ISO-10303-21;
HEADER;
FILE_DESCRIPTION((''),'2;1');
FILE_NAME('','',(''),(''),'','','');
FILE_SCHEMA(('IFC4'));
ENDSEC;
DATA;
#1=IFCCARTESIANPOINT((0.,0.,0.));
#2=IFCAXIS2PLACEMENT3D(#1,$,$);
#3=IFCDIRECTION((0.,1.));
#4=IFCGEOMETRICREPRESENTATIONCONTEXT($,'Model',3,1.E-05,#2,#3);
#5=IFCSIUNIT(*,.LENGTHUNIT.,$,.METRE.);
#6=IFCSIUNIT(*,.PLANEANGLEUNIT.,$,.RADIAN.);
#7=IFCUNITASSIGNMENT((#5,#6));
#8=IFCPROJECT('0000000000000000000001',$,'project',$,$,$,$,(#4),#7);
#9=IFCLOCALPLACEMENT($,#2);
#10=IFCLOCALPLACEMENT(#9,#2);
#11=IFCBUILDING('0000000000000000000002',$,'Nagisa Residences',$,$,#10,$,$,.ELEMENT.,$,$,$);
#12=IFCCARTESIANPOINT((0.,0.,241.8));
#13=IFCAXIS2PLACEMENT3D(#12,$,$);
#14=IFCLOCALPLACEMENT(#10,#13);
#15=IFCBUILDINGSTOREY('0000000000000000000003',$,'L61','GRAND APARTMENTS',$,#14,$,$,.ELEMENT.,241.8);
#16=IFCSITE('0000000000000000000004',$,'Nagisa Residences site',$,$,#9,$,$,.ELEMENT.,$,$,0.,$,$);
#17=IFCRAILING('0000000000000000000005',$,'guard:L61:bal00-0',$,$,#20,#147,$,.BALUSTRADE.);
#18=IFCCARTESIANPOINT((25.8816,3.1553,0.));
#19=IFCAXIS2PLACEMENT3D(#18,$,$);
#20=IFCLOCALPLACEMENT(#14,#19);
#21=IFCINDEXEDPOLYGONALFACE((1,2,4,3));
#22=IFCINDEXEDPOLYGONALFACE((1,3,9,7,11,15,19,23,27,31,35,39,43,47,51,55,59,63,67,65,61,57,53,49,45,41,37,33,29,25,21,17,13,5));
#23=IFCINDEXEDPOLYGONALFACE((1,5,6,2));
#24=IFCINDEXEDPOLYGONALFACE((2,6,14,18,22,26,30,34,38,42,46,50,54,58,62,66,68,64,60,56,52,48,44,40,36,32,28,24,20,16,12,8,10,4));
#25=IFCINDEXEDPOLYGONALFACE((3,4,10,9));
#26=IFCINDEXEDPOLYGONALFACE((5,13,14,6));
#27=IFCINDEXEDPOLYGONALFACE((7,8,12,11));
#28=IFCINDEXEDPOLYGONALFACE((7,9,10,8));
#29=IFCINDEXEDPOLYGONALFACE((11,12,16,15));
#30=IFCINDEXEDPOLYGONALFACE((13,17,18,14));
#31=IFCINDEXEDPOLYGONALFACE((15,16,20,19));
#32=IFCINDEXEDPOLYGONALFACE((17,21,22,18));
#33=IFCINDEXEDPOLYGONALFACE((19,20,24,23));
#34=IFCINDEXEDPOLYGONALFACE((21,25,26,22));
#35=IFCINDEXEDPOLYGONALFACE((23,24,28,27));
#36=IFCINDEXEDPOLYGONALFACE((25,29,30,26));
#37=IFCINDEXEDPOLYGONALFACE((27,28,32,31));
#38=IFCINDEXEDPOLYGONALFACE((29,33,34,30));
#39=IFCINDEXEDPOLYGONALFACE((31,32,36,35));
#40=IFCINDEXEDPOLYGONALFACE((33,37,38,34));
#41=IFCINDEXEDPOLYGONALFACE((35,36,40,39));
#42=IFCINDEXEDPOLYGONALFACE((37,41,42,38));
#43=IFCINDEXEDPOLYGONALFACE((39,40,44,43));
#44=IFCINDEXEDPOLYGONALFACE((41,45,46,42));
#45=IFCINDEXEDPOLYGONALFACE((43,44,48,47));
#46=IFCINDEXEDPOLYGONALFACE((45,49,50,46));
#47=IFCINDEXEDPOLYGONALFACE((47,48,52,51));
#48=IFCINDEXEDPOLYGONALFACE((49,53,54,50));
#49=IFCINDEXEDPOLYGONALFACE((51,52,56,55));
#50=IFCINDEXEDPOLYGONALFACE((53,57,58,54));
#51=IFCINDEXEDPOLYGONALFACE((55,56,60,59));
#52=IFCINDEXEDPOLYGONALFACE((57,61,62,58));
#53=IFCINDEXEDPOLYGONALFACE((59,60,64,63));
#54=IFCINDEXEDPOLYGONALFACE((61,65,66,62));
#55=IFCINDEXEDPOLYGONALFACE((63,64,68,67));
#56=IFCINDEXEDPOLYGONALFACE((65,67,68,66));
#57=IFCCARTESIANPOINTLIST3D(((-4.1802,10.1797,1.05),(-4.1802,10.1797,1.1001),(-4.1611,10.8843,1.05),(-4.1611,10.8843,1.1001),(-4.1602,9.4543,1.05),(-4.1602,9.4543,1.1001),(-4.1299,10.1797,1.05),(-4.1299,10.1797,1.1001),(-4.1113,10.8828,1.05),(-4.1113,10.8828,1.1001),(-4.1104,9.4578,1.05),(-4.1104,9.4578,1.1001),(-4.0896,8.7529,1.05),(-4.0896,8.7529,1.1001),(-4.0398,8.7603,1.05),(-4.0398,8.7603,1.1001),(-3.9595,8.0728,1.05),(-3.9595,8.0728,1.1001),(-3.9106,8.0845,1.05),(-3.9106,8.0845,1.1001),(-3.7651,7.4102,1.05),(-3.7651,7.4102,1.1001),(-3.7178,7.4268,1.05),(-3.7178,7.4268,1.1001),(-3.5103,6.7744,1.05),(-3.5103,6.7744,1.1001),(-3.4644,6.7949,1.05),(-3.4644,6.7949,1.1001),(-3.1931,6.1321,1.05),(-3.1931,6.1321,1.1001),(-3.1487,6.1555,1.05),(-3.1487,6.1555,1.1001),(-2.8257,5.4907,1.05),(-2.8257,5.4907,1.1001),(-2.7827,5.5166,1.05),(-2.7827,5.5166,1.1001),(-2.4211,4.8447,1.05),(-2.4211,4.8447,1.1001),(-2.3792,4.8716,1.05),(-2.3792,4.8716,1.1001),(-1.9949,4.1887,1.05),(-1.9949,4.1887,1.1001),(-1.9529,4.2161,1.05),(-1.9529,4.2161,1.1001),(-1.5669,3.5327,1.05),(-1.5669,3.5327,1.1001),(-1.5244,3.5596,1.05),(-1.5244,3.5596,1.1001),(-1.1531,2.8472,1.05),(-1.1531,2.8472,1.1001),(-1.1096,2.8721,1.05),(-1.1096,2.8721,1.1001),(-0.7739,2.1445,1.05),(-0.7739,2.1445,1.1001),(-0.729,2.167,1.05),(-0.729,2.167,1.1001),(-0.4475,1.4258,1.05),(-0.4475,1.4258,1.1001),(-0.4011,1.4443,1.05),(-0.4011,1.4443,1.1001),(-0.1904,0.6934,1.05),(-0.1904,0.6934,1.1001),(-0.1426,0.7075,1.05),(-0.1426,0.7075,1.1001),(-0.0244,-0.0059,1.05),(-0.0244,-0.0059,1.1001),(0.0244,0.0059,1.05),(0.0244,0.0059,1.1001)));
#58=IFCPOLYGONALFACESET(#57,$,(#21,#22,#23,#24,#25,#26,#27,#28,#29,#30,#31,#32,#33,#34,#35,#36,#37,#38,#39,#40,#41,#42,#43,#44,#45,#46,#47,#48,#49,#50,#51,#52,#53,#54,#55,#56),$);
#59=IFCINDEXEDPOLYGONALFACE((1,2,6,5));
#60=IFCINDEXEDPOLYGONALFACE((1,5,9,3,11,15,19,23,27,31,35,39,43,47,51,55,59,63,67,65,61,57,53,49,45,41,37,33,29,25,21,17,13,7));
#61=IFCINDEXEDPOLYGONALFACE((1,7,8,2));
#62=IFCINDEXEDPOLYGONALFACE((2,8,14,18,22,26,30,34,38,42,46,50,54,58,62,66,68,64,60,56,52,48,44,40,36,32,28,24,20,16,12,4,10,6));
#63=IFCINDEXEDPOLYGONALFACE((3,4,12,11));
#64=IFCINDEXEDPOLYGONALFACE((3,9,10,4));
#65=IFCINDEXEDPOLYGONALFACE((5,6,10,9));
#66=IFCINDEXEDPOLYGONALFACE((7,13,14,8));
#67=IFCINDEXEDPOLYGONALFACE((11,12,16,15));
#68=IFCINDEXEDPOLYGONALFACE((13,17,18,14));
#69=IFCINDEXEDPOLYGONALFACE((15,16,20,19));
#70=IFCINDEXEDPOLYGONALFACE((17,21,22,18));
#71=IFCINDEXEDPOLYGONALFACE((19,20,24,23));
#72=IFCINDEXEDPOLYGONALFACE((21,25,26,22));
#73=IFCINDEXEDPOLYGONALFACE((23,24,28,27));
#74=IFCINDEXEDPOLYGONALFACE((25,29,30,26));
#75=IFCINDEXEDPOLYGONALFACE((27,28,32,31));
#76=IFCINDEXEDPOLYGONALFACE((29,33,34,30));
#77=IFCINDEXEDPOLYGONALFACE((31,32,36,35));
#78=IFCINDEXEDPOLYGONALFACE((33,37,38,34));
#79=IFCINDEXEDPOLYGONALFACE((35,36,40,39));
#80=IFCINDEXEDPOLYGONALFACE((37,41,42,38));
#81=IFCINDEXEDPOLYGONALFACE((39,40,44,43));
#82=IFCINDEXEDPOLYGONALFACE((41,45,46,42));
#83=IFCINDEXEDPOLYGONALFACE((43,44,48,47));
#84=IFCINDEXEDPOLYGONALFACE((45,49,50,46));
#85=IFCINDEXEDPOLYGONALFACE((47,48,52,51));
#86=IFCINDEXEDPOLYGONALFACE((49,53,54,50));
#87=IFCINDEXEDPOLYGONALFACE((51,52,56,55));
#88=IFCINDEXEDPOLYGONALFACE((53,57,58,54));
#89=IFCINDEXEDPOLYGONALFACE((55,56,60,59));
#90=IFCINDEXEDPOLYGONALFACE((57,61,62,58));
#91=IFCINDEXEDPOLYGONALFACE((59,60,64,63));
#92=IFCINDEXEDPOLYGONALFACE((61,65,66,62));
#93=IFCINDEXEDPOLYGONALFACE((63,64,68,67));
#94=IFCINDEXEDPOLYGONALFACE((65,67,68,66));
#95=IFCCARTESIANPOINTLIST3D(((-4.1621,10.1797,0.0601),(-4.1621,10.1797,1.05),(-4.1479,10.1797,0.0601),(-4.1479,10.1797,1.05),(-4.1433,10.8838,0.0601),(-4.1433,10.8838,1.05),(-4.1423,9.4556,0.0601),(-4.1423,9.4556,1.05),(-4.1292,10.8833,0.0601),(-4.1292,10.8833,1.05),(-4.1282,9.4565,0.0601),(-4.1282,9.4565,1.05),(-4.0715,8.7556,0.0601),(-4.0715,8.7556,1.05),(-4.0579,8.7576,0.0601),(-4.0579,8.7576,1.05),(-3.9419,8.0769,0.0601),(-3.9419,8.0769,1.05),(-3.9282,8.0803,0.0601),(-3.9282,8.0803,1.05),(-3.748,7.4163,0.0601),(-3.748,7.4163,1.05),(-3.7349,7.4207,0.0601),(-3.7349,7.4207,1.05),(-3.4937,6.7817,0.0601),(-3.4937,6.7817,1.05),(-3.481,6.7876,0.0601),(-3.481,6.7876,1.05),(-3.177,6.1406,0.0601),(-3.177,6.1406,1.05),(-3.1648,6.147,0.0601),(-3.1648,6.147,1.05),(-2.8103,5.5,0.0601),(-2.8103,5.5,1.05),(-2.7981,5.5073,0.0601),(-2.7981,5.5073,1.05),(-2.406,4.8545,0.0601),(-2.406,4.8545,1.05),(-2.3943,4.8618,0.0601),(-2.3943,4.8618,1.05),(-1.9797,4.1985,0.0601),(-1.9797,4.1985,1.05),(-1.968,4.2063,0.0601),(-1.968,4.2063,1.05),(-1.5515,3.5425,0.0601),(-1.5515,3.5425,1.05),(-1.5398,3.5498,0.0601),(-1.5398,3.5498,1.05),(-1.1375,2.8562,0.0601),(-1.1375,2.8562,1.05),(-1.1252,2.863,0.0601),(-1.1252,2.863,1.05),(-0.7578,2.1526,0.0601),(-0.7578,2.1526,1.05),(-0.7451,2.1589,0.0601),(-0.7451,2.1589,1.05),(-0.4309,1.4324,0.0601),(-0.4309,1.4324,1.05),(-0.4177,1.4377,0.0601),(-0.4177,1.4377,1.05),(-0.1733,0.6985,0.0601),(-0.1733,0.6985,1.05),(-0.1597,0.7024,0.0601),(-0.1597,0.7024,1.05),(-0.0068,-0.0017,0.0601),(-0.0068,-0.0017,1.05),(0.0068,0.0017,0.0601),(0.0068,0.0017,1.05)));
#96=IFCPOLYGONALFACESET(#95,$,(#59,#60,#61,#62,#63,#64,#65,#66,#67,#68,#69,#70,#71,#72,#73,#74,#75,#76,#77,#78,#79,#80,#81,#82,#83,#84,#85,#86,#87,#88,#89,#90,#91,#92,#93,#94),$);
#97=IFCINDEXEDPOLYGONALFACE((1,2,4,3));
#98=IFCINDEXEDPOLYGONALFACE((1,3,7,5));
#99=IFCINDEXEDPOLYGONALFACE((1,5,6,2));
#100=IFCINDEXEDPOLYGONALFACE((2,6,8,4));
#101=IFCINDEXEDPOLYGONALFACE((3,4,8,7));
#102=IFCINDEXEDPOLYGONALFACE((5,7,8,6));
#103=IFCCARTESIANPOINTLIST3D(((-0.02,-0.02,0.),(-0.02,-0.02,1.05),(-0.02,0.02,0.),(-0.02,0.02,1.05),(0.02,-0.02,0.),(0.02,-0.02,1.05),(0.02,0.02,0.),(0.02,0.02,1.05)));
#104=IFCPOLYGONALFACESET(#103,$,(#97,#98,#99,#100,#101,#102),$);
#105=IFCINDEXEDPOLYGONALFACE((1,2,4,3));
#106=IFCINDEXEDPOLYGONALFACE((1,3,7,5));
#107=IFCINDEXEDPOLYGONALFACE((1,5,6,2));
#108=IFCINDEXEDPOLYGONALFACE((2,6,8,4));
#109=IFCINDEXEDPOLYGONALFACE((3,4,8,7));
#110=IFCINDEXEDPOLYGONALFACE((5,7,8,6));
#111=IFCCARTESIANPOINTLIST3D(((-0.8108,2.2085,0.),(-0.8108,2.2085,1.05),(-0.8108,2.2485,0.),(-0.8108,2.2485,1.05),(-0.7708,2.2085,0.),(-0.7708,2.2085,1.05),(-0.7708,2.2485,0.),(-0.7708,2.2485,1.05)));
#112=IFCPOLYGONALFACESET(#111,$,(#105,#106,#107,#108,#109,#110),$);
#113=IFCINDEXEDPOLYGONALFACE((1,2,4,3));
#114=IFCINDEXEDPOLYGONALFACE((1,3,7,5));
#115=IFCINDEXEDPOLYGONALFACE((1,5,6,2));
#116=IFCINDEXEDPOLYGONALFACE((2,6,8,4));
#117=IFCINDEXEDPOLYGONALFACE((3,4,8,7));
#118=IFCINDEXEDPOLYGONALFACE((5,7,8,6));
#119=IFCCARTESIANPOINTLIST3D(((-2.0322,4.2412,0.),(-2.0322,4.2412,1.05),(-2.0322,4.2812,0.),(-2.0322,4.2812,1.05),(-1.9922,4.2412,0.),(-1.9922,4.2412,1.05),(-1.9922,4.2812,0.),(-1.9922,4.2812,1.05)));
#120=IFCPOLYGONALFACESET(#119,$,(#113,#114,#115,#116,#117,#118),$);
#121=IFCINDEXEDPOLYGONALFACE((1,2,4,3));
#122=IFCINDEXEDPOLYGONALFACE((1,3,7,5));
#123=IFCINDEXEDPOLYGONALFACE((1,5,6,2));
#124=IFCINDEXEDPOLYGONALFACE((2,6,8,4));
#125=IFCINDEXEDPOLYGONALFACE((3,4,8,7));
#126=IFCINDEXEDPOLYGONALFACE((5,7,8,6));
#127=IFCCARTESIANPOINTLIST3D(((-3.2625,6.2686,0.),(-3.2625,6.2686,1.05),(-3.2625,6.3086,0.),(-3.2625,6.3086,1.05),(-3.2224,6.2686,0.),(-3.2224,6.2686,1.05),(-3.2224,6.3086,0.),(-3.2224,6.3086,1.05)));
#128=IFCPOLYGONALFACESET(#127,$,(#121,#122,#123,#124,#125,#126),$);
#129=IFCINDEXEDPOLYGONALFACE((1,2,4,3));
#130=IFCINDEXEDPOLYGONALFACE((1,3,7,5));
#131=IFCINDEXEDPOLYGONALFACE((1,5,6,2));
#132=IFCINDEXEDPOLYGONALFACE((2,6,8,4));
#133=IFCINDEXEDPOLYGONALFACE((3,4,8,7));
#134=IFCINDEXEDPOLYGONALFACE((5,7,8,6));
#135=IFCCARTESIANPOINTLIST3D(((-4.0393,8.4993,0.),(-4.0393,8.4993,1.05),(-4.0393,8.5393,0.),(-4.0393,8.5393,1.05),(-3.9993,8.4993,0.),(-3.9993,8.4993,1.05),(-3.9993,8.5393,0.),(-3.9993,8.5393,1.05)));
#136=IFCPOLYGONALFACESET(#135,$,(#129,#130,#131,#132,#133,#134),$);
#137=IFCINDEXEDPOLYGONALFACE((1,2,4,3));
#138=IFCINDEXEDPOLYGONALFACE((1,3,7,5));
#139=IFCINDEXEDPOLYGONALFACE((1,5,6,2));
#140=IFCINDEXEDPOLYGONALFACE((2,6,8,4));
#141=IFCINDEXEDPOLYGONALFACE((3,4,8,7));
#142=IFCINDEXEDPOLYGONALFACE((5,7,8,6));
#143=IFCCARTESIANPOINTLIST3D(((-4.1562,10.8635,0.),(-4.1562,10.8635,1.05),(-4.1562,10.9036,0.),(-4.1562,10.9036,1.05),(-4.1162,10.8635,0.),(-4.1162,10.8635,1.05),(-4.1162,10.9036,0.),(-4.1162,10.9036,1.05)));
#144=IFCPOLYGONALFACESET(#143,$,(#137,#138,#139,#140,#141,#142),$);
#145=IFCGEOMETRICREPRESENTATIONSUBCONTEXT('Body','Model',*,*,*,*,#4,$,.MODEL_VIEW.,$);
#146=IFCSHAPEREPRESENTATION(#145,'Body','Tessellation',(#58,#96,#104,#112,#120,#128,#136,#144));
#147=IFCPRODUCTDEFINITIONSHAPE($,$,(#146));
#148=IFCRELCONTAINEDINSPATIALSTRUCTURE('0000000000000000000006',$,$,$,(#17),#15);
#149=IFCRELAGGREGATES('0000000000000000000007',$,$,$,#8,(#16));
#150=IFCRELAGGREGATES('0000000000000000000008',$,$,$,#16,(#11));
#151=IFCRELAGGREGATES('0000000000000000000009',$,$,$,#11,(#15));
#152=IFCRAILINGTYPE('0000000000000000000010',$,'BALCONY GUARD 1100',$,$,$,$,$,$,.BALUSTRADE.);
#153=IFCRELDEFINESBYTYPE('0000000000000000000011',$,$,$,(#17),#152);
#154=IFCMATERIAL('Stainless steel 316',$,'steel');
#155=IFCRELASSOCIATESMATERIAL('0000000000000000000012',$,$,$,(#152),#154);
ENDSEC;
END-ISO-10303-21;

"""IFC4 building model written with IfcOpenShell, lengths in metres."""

from ifc_helpers import new_model, si_unit, direction, frame, origin, origin_2d, place, context, subcontext, project, spatial, polyline, rectangle, outline, extrude, material, type_object, element, save


model = new_model("IFC4")

# Units and contexts
model_context = context("Model", 3, precision=1e-05, world=origin(), true_north=direction((0.0, 1.0)))
body_context = subcontext(model_context, "Body", "Model", "MODEL_VIEW")
ifc_project = project(units=[si_unit("LENGTHUNIT", "METRE"), si_unit("PLANEANGLEUNIT", "RADIAN")], contexts=[model_context])

# Site, building, storey
site_placement = place(None, origin())
site = spatial("IfcSite", under=ifc_project, at=site_placement, Name="Nagisa Residences site", CompositionType="ELEMENT", RefElevation=0.0)
building_placement = place(site_placement, origin())
building = spatial("IfcBuilding", under=site, at=building_placement, Name="Nagisa Residences", CompositionType="ELEMENT")
storey_placement = place(building_placement, frame((0.0, 0.0, 241.8)))
storey = spatial("IfcBuildingStorey", under=building, at=storey_placement, Name="L61", Description="GRAND APARTMENTS", CompositionType="ELEMENT", Elevation=241.8)

# Railing
ifc_material_1 = material(Name="Stainless steel 316", Category="steel")
railing_type = type_object("IfcRailingType", Name="BALCONY GUARD 1100", PredefinedType="BALUSTRADE", material=ifc_material_1)
railing_placement = place(storey_placement, frame((25.8816, 3.1553, 0.0)))
element("IfcRailing", 1, at=railing_placement, inside=storey, type_object=railing_type, Name="guard:L61:bal00-0", PredefinedType="BALUSTRADE", context=body_context, shape_type="SweptSolid", body=[
    extrude(outline(polyline([(-0.1904, 0.6934), (-0.0244, -0.0059), (0.0244, 0.0059), (-0.1426, 0.7075), (-0.4011, 1.4443), (-0.729, 2.167), (-1.1096, 2.8721), (-1.5244, 3.5596), (-1.9529, 4.2161), (-2.3792, 4.8716), (-2.7827, 5.5166), (-3.1487, 6.1555), (-3.4644, 6.7949), (-3.7178, 7.4268), (-3.9106, 8.0845), (-4.0398, 8.7603), (-4.1104, 9.4578), (-4.1299, 10.1797), (-4.1113, 10.8828), (-4.1611, 10.8843), (-4.1802, 10.1797), (-4.1602, 9.4543), (-4.0896, 8.7529), (-3.9595, 8.0728), (-3.7651, 7.4102), (-3.5103, 6.7744), (-3.1931, 6.1321), (-2.8257, 5.4907), (-2.4211, 4.8447), (-1.9949, 4.1887), (-1.5669, 3.5327), (-1.1531, 2.8472), (-0.7739, 2.1445), (-0.4475, 1.4258), (-0.1904, 0.6934)])), frame((0.0, 0.0, 1.05)), (0.0, 0.0, 1.0), 0.05),
    extrude(outline(polyline([(-0.1733, 0.6985), (-0.0068, -0.0017), (0.0068, 0.0017), (-0.1597, 0.7024), (-0.4177, 1.4377), (-0.7451, 2.1589), (-1.1252, 2.863), (-1.5398, 3.5498), (-1.968, 4.2063), (-2.3943, 4.8618), (-2.7981, 5.5073), (-3.1648, 6.147), (-3.481, 6.7876), (-3.7349, 7.4207), (-3.9282, 8.0803), (-4.0579, 8.7576), (-4.1282, 9.4565), (-4.1479, 10.1797), (-4.1292, 10.8833), (-4.1433, 10.8838), (-4.1621, 10.1797), (-4.1423, 9.4556), (-4.0715, 8.7556), (-3.9419, 8.0769), (-3.748, 7.4163), (-3.4937, 6.7817), (-3.177, 6.1406), (-2.8103, 5.5), (-2.406, 4.8545), (-1.9797, 4.1985), (-1.5515, 3.5425), (-1.1375, 2.8562), (-0.7578, 2.1526), (-0.4309, 1.4324), (-0.1733, 0.6985)])), frame((0.0, 0.0, 0.0601)), (0.0, 0.0, 1.0), 0.99),
    extrude(rectangle(XDim=0.04, YDim=0.04, at=origin_2d()), origin(), (0.0, 0.0, 1.0), 1.05),
    extrude(rectangle(XDim=0.04, YDim=0.04, at=origin_2d()), frame((-0.7908, 2.2285, 0.0)), (0.0, 0.0, 1.0), 1.05),
    extrude(rectangle(XDim=0.04, YDim=0.04, at=origin_2d()), frame((-2.0122, 4.2612, 0.0)), (0.0, 0.0, 1.0), 1.05),
    extrude(rectangle(XDim=0.04, YDim=0.04, at=origin_2d()), frame((-3.2424, 6.2886, 0.0)), (0.0, 0.0, 1.0), 1.05),
    extrude(rectangle(XDim=0.04, YDim=0.04, at=origin_2d()), frame((-4.0193, 8.5193, 0.0)), (0.0, 0.0, 1.0), 1.05),
    extrude(rectangle(XDim=0.04, YDim=0.04, at=origin_2d()), frame((-4.1362, 10.8835, 0.0)), (0.0, 0.0, 1.0), 1.05),
])

save(model, "model.ifc")
